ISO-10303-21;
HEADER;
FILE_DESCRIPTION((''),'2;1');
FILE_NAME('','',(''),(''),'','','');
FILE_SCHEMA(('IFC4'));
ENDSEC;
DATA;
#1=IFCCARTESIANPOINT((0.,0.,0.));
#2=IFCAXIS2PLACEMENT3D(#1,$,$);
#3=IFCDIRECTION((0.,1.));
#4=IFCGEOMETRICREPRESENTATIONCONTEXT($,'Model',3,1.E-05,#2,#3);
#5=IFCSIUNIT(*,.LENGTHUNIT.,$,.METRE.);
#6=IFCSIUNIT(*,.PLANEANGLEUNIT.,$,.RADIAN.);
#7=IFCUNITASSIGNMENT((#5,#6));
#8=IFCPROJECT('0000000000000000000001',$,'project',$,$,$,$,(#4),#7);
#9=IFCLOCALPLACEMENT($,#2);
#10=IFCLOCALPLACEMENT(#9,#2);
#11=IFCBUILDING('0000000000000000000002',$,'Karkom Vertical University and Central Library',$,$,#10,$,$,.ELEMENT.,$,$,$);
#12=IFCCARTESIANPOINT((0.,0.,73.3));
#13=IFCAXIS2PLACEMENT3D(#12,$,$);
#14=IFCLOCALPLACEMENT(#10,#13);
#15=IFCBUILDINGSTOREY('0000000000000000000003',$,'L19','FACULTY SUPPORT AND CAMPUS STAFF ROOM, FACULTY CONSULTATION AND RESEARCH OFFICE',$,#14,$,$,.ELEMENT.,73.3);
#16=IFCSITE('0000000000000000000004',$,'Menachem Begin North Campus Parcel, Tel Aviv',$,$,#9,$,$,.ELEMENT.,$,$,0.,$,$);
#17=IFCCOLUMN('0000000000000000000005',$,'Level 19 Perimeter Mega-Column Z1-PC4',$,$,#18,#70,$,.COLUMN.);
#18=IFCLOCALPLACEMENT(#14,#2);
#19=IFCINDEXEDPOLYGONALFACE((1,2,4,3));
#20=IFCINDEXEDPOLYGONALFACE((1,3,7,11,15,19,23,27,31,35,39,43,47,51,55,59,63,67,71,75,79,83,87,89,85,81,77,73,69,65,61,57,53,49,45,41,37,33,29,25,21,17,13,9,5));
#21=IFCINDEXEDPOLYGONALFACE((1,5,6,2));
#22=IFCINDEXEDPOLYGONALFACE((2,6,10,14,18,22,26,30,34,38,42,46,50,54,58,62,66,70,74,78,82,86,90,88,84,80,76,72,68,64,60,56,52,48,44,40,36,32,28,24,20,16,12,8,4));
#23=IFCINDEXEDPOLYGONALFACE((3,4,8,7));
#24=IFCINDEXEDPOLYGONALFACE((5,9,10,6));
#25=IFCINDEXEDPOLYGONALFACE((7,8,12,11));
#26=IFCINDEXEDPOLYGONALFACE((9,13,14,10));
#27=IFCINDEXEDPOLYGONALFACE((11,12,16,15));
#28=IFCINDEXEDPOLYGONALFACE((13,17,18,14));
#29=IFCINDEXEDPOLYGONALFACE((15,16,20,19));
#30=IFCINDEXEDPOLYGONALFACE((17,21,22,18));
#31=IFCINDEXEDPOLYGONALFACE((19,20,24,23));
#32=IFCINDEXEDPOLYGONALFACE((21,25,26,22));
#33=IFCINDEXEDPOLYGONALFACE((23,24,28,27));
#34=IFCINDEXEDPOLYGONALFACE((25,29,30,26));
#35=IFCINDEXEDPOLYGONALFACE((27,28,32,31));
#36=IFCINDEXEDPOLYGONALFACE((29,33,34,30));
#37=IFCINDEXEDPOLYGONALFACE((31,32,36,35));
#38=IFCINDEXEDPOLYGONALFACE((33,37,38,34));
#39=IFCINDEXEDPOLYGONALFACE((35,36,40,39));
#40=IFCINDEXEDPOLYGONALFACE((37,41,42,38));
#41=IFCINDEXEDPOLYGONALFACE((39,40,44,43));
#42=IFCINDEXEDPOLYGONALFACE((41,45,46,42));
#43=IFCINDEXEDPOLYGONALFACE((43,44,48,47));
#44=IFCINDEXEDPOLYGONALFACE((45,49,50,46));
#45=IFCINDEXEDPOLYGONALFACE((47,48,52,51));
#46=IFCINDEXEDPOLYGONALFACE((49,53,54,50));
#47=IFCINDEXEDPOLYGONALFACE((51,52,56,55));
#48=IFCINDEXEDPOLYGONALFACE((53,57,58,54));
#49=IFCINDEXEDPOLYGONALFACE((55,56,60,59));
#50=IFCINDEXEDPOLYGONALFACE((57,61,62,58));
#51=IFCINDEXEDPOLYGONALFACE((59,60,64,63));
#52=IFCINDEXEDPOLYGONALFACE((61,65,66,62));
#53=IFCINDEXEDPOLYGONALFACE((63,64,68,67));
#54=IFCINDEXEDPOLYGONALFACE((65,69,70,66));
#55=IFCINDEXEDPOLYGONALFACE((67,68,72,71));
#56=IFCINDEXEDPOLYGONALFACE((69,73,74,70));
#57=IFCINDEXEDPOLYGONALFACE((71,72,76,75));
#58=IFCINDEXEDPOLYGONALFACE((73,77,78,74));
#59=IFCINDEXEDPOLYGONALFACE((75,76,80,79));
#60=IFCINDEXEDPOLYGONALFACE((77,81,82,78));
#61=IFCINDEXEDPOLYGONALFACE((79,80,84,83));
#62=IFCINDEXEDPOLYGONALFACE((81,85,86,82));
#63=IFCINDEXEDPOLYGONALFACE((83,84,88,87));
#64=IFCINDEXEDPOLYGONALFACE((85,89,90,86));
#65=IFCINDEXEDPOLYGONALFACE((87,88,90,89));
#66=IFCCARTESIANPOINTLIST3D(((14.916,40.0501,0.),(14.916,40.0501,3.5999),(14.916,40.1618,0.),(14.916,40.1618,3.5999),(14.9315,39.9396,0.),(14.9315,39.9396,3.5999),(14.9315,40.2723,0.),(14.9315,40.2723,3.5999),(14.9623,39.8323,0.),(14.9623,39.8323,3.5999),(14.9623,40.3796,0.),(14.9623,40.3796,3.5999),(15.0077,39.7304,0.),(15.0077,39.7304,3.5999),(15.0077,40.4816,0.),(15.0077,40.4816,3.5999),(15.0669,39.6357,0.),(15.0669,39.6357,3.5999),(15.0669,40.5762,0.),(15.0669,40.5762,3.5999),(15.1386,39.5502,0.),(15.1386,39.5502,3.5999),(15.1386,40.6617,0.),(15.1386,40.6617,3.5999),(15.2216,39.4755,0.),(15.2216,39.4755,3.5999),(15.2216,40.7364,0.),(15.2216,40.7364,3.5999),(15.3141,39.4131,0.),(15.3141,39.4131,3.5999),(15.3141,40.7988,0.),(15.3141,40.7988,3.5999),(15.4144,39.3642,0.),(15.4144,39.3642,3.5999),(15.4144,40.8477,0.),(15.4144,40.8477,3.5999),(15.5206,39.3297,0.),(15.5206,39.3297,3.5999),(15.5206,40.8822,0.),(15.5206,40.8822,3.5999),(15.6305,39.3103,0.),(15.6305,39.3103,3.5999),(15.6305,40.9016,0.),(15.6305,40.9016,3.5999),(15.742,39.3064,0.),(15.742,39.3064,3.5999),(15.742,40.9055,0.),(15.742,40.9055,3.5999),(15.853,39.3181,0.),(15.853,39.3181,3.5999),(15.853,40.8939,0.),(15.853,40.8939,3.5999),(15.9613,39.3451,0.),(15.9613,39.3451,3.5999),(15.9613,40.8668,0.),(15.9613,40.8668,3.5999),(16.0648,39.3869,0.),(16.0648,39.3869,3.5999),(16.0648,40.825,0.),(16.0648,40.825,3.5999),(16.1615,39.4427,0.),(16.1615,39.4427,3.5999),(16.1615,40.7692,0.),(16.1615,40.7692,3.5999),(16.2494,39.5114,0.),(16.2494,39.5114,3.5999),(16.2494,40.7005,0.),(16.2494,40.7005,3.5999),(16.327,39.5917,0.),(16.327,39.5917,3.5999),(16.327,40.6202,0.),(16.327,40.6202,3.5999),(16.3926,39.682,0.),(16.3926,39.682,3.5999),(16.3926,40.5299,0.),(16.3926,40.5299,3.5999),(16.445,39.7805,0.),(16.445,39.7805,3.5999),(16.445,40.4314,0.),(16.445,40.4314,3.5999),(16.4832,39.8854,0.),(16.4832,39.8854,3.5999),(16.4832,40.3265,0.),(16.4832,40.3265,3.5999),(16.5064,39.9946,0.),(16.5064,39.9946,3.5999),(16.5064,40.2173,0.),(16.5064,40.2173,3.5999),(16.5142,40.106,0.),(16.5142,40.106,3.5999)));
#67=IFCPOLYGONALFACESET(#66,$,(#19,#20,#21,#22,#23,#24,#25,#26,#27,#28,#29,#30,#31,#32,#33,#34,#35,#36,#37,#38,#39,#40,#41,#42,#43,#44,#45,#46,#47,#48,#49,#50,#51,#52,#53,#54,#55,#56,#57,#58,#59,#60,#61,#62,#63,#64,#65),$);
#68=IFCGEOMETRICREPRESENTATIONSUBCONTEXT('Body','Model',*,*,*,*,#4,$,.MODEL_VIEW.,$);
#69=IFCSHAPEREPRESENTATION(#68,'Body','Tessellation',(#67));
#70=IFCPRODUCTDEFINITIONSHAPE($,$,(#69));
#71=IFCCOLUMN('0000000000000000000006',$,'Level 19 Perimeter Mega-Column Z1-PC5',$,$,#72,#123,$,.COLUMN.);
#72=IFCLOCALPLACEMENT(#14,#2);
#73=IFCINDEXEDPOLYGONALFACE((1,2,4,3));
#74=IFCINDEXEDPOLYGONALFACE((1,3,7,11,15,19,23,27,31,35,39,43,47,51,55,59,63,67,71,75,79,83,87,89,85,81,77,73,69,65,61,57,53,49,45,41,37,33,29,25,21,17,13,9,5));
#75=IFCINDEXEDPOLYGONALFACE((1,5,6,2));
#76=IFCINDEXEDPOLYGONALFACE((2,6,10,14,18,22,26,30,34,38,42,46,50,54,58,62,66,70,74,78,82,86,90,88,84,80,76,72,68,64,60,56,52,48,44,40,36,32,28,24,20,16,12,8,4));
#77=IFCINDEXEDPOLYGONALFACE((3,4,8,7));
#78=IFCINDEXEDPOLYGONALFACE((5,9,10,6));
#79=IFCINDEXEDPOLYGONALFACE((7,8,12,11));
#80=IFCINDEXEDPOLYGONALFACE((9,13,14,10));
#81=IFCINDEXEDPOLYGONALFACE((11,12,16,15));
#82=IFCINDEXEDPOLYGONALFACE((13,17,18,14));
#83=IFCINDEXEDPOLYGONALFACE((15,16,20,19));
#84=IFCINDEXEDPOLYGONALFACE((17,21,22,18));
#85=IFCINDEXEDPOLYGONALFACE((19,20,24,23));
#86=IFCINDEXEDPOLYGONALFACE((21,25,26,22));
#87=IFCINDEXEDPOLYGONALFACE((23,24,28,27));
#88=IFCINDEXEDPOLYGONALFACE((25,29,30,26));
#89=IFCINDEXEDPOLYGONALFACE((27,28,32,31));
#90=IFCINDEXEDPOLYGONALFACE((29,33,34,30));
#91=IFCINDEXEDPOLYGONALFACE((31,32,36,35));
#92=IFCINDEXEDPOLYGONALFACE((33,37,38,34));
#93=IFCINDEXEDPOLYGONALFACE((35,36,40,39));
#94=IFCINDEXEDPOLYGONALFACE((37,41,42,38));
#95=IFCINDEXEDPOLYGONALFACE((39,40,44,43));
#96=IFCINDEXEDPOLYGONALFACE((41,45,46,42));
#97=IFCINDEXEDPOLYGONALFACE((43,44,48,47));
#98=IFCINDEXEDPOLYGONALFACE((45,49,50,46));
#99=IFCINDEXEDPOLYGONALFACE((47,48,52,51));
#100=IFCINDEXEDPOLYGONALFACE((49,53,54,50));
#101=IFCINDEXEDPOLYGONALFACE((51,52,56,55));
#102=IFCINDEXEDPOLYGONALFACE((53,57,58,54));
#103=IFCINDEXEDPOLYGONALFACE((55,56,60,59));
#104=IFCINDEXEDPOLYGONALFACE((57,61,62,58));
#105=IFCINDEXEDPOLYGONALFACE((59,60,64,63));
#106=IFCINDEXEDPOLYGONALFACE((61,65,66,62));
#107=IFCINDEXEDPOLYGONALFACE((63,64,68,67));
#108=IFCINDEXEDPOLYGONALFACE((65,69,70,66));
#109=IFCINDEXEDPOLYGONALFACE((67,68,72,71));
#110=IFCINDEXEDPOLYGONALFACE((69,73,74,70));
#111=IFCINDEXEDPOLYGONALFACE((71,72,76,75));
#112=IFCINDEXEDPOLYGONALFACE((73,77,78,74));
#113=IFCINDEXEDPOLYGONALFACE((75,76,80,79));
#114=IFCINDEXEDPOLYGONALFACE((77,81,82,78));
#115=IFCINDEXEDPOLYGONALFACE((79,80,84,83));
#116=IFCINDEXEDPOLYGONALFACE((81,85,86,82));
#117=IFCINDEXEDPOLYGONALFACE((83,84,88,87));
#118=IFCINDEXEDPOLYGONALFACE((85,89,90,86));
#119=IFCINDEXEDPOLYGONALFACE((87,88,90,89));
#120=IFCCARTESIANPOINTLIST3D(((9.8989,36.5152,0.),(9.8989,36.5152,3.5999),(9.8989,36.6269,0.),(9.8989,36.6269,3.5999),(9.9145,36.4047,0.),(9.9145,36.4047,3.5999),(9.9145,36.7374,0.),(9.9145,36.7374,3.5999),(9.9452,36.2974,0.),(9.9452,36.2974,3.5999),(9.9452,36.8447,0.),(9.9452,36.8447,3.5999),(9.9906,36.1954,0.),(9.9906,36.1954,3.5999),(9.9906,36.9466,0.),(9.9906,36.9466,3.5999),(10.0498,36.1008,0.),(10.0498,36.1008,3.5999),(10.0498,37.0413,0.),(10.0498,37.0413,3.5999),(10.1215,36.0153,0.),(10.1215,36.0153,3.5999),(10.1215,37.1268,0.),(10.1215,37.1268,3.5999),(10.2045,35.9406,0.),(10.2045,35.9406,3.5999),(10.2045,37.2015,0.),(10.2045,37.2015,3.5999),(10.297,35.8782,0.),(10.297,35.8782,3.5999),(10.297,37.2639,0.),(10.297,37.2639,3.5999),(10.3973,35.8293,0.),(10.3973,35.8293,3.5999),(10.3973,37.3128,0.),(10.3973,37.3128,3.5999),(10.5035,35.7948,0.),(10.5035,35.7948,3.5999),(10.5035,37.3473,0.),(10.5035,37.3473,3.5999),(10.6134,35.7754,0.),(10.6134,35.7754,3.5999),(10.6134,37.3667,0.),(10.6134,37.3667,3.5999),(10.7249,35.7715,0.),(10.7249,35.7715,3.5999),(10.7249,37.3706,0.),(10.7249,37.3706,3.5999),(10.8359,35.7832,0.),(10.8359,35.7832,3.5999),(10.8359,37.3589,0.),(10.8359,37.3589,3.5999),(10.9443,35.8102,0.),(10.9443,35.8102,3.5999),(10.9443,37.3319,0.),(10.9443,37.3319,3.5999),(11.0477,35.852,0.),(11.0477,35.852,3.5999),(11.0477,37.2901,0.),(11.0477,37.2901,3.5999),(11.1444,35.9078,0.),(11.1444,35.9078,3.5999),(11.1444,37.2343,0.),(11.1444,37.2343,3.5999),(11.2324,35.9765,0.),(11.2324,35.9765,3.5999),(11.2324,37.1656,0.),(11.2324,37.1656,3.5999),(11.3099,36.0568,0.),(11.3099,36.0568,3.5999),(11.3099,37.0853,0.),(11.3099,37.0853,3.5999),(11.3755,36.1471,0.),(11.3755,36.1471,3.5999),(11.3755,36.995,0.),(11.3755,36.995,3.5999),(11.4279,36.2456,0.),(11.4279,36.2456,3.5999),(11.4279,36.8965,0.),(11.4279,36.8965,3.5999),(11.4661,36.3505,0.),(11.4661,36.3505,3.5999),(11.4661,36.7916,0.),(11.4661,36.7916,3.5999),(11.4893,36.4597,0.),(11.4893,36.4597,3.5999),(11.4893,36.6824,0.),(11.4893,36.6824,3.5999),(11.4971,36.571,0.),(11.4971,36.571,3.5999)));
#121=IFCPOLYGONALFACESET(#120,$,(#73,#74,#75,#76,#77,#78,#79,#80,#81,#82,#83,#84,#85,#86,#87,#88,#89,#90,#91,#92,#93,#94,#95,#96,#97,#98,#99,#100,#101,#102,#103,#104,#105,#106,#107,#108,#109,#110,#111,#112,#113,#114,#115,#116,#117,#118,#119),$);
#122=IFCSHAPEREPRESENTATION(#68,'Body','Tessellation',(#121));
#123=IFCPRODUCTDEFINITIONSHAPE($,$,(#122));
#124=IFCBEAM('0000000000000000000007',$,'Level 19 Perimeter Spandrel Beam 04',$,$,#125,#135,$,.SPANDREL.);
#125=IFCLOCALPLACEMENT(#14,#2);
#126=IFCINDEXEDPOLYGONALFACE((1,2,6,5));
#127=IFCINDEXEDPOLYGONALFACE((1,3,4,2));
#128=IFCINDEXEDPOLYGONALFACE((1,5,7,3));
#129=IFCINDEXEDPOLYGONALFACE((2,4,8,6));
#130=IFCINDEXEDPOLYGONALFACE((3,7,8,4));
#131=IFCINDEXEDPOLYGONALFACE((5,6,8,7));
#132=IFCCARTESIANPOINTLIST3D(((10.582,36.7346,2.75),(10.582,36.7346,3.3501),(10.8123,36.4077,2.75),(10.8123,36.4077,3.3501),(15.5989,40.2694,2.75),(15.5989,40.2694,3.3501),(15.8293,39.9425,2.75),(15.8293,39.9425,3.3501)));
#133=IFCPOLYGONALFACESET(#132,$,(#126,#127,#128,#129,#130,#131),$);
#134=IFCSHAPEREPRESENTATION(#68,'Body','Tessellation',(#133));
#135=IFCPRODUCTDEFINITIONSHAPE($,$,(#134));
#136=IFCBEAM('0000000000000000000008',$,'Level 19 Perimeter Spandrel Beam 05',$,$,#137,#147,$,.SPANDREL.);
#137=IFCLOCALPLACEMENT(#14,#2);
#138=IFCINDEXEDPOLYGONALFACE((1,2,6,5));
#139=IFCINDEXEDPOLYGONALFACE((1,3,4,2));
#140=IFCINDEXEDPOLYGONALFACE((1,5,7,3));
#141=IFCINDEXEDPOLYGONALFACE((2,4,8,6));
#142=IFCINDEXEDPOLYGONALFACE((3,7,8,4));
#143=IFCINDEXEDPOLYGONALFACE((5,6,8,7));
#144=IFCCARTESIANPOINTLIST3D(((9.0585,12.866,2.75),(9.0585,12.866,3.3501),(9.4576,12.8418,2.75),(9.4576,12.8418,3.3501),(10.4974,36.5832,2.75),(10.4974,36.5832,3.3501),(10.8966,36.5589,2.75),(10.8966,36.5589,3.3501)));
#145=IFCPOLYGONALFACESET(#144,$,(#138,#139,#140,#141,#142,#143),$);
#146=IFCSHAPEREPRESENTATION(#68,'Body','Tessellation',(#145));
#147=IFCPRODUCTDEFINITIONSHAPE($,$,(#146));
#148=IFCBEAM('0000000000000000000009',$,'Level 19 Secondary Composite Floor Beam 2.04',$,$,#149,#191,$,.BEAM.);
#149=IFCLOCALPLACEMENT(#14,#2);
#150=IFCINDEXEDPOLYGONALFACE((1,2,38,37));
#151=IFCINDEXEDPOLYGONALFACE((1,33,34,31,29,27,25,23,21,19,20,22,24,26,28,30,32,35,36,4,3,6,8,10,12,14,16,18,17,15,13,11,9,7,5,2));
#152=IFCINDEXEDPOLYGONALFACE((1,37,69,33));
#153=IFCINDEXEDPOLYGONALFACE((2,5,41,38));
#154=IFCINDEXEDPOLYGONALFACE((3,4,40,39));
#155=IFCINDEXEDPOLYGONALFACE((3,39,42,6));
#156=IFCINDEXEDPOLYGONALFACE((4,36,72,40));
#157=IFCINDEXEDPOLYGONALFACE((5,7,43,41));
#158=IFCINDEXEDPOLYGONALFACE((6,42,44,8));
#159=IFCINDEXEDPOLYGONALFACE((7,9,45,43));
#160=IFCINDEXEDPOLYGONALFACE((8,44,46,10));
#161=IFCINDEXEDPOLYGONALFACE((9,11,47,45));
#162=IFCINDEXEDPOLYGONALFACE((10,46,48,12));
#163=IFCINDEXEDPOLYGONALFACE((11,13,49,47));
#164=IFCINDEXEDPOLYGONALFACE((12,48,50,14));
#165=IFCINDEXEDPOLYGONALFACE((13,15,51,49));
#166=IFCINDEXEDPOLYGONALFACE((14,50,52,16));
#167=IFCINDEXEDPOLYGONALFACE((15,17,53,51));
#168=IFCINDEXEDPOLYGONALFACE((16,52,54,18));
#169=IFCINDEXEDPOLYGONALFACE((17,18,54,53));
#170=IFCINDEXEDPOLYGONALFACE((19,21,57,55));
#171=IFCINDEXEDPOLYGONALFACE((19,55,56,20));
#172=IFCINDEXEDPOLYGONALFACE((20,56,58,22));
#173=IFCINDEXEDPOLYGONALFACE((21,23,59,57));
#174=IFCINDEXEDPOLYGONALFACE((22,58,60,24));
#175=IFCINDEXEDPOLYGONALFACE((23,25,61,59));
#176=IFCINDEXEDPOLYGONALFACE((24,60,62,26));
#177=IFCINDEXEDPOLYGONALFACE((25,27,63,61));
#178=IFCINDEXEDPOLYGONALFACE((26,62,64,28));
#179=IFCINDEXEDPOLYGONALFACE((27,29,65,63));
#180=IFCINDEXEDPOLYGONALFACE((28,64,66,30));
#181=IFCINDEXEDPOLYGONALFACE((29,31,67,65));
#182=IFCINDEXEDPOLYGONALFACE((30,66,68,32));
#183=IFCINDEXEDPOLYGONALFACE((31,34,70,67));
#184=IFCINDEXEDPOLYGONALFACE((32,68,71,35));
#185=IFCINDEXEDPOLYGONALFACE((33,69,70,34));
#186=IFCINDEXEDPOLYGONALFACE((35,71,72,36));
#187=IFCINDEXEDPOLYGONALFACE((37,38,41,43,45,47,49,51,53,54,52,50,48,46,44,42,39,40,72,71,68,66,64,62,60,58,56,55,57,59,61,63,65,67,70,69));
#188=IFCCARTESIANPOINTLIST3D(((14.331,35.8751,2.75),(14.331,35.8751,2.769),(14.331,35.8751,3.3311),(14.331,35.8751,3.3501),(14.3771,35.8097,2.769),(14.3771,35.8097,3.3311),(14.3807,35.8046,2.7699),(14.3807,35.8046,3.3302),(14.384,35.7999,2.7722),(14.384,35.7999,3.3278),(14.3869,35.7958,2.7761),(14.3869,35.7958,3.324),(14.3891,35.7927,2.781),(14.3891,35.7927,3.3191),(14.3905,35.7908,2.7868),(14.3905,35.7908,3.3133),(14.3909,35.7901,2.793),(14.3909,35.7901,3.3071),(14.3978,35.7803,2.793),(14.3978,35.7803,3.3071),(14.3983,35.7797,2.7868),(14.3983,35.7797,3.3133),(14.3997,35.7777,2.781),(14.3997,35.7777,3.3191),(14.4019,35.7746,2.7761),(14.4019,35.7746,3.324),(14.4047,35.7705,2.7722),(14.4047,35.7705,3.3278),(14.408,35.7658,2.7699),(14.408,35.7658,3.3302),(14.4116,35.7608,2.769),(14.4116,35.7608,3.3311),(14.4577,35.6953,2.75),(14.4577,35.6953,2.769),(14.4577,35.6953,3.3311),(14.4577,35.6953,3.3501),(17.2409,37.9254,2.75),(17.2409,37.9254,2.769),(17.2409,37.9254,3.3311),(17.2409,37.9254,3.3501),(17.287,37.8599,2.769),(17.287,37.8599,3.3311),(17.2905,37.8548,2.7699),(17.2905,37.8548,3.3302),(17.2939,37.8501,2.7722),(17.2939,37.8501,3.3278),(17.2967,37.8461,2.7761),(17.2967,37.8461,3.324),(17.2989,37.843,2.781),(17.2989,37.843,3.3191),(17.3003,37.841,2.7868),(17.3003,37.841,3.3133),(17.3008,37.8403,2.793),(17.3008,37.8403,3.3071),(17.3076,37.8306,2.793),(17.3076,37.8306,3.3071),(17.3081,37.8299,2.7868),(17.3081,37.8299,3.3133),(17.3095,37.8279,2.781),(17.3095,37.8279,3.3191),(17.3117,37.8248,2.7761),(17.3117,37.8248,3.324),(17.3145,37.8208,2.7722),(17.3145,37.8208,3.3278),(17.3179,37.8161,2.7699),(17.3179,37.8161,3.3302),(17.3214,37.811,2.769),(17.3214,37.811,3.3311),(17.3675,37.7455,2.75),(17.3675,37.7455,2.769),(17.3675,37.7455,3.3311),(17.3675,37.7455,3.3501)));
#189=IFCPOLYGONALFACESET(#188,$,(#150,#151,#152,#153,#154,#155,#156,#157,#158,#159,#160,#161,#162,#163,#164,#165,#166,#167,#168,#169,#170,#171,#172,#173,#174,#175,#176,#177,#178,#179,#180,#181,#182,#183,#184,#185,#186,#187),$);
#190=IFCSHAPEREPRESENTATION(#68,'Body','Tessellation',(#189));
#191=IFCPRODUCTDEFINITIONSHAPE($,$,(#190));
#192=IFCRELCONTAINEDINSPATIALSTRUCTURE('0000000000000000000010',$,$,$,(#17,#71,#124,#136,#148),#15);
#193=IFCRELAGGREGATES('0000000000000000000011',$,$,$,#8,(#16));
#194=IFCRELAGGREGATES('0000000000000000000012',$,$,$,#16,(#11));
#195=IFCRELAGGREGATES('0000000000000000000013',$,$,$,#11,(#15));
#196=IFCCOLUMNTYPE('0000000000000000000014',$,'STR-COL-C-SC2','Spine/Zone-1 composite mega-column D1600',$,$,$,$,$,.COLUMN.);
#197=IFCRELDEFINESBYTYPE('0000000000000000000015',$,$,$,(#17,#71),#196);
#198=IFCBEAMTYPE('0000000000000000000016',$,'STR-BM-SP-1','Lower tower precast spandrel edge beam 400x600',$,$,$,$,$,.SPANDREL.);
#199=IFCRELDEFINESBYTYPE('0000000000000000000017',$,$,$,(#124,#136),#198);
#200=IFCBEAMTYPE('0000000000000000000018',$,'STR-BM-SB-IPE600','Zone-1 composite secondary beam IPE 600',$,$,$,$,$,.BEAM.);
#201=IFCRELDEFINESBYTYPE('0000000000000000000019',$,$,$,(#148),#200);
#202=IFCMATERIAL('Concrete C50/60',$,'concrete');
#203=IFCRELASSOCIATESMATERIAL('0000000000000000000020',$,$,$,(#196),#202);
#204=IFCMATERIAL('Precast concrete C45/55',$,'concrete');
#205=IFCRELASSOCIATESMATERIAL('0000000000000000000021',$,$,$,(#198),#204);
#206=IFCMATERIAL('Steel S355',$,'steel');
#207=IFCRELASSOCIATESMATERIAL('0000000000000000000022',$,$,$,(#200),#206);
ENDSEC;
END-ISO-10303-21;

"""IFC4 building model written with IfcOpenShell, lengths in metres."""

from ifc_helpers import new_model, si_unit, direction, frame, origin, origin_with_axes, origin_2d, place, context, subcontext, project, spatial, rectangle, circle, i_section, extrude, source, transform, mapped, material, material_profile, profile_set, type_object, element, save


model = new_model("IFC4")

# Units and contexts
model_context = context("Model", 3, precision=1e-05, world=origin(), true_north=direction((0.0, 1.0)))
body_context = subcontext(model_context, "Body", "Model", "MODEL_VIEW")
ifc_project = project(units=[si_unit("LENGTHUNIT", "METRE"), si_unit("PLANEANGLEUNIT", "RADIAN")], contexts=[model_context])

# Site, building, storey
site_placement = place(None, origin())
site = spatial("IfcSite", under=ifc_project, at=site_placement, Name="Menachem Begin North Campus Parcel, Tel Aviv", CompositionType="ELEMENT", RefElevation=0.0)
building_placement = place(site_placement, origin())
building = spatial("IfcBuilding", under=site, at=building_placement, Name="Karkom Vertical University and Central Library", CompositionType="ELEMENT")
storey_placement = place(building_placement, frame((0.0, 0.0, 73.3)))
storey = spatial("IfcBuildingStorey", under=building, at=storey_placement, Name="L19", Description="FACULTY SUPPORT AND CAMPUS STAFF ROOM, FACULTY CONSULTATION AND RESEARCH OFFICE", CompositionType="ELEMENT", Elevation=73.3)

# Columns
ifc_material_1 = material(Name="Concrete C50/60", Category="concrete")
ifc_material_profile_1 = material_profile(ifc_material_1, circle(Radius=0.8, at=origin_2d()), Name="CFT-D1600")
ifc_profile_set_1 = profile_set([ifc_material_profile_1], Name="Concrete C50/60")
column_type = type_object("IfcColumnType", Name="STR-COL-C-SC2", Description="Spine/Zone-1 composite mega-column D1600", PredefinedType="COLUMN", material=ifc_profile_set_1)
shared_shape_1 = source(origin_with_axes(), body_context, "Body", "SweptSolid", [
    extrude(circle(Radius=0.8, at=origin_2d()), origin(), (0.0, 0.0, 1.0), 3.5999),
])
for number, where, z_axis, x_axis, name in (
    (1, (15.7141, 40.106, 0.0), (0.0, 0.0, 1.0), (1.0, 0.0, 0.0), "Level 19 Perimeter Mega-Column Z1-PC4"),
    (2, (10.697, 36.571, 0.0), (0.0, 0.0, 1.0), (1.0, 0.0, 0.0), "Level 19 Perimeter Mega-Column Z1-PC5"),
):
    element("IfcColumn", number, at=place(storey_placement, frame(where, z_axis=z_axis, x_axis=x_axis)), inside=storey, type_object=column_type, Name=name, PredefinedType="COLUMN", context=body_context, shape_type="MappedRepresentation", body=[
        mapped(shared_shape_1, transform((0.0, 0.0, 0.0), scale=1.0)),
    ])

# Beams
ifc_material_2 = material(Name="Precast concrete C45/55", Category="concrete")
ifc_material_profile_2 = material_profile(ifc_material_2, rectangle(XDim=0.3999, YDim=0.6001, at=origin_2d()), Name="SPB-400x600")
ifc_profile_set_2 = profile_set([ifc_material_profile_2], Name="Precast concrete C45/55")
beam_type_1 = type_object("IfcBeamType", Name="STR-BM-SP-1", Description="Lower tower precast spandrel edge beam 400x600", PredefinedType="SPANDREL", material=ifc_profile_set_2)
shared_shape_2 = source(origin_with_axes(), body_context, "Body", "SweptSolid", [
    extrude(rectangle(XDim=0.3999, YDim=0.6001, at=origin_2d()), origin(), (0.0, 0.0, 1.0), 6.1372),
])
beam_1_placement = place(storey_placement, frame((15.7141, 40.106, 3.05), z_axis=(-0.817471, -0.575969, 0.0), x_axis=(0.575969, -0.817471, 0.0)))
element("IfcBeam", 3, at=beam_1_placement, inside=storey, type_object=beam_type_1, Name="Level 19 Perimeter Spandrel Beam 04", PredefinedType="SPANDREL", context=body_context, shape_type="MappedRepresentation", body=[
    mapped(shared_shape_2, transform((0.0, 0.0, 0.0), scale=1.0)),
])
shared_shape_3 = source(origin_with_axes(), body_context, "Body", "SweptSolid", [
    extrude(rectangle(XDim=0.3999, YDim=0.6001, at=origin_2d()), origin(), (0.0, 0.0, 1.0), 23.7607),
])
beam_2_placement = place(storey_placement, frame((10.697, 36.571, 3.05), z_axis=(-0.060561, -0.998165, 0.0), x_axis=(0.998165, -0.060561, 0.0)))
element("IfcBeam", 4, at=beam_2_placement, inside=storey, type_object=beam_type_1, Name="Level 19 Perimeter Spandrel Beam 05", PredefinedType="SPANDREL", context=body_context, shape_type="MappedRepresentation", body=[
    mapped(shared_shape_3, transform((0.0, 0.0, 0.0), scale=1.0)),
])
ifc_material_3 = material(Name="Steel S355", Category="steel")
ifc_material_profile_3 = material_profile(ifc_material_3, i_section(OverallWidth=0.22, OverallDepth=0.6001, WebThickness=0.012, FlangeThickness=0.019, FilletRadius=0.0239, at=origin_2d()), Name="IPE 600")
ifc_profile_set_3 = profile_set([ifc_material_profile_3], Name="Steel S355")
beam_type_2 = type_object("IfcBeamType", Name="STR-BM-SB-IPE600", Description="Zone-1 composite secondary beam IPE 600", PredefinedType="BEAM", material=ifc_profile_set_3)
shared_shape_4 = source(origin_with_axes(), body_context, "Body", "SweptSolid", [
    extrude(i_section(OverallWidth=0.22, OverallDepth=0.6001, WebThickness=0.012, FlangeThickness=0.019, FilletRadius=0.0239, at=origin_2d()), origin(), (0.0, 0.0, 1.0), 3.5596),
])
beam_3_placement = place(storey_placement, frame((17.3042, 37.8354, 3.05), z_axis=(-0.817466, -0.575977, 0.0), x_axis=(0.575977, -0.817466, 0.0)))
element("IfcBeam", 5, at=beam_3_placement, inside=storey, type_object=beam_type_2, Name="Level 19 Secondary Composite Floor Beam 2.04", PredefinedType="BEAM", context=body_context, shape_type="MappedRepresentation", body=[
    mapped(shared_shape_4, transform((0.0, 0.0, 0.0), scale=1.0)),
])

save(model, "model.ifc")
